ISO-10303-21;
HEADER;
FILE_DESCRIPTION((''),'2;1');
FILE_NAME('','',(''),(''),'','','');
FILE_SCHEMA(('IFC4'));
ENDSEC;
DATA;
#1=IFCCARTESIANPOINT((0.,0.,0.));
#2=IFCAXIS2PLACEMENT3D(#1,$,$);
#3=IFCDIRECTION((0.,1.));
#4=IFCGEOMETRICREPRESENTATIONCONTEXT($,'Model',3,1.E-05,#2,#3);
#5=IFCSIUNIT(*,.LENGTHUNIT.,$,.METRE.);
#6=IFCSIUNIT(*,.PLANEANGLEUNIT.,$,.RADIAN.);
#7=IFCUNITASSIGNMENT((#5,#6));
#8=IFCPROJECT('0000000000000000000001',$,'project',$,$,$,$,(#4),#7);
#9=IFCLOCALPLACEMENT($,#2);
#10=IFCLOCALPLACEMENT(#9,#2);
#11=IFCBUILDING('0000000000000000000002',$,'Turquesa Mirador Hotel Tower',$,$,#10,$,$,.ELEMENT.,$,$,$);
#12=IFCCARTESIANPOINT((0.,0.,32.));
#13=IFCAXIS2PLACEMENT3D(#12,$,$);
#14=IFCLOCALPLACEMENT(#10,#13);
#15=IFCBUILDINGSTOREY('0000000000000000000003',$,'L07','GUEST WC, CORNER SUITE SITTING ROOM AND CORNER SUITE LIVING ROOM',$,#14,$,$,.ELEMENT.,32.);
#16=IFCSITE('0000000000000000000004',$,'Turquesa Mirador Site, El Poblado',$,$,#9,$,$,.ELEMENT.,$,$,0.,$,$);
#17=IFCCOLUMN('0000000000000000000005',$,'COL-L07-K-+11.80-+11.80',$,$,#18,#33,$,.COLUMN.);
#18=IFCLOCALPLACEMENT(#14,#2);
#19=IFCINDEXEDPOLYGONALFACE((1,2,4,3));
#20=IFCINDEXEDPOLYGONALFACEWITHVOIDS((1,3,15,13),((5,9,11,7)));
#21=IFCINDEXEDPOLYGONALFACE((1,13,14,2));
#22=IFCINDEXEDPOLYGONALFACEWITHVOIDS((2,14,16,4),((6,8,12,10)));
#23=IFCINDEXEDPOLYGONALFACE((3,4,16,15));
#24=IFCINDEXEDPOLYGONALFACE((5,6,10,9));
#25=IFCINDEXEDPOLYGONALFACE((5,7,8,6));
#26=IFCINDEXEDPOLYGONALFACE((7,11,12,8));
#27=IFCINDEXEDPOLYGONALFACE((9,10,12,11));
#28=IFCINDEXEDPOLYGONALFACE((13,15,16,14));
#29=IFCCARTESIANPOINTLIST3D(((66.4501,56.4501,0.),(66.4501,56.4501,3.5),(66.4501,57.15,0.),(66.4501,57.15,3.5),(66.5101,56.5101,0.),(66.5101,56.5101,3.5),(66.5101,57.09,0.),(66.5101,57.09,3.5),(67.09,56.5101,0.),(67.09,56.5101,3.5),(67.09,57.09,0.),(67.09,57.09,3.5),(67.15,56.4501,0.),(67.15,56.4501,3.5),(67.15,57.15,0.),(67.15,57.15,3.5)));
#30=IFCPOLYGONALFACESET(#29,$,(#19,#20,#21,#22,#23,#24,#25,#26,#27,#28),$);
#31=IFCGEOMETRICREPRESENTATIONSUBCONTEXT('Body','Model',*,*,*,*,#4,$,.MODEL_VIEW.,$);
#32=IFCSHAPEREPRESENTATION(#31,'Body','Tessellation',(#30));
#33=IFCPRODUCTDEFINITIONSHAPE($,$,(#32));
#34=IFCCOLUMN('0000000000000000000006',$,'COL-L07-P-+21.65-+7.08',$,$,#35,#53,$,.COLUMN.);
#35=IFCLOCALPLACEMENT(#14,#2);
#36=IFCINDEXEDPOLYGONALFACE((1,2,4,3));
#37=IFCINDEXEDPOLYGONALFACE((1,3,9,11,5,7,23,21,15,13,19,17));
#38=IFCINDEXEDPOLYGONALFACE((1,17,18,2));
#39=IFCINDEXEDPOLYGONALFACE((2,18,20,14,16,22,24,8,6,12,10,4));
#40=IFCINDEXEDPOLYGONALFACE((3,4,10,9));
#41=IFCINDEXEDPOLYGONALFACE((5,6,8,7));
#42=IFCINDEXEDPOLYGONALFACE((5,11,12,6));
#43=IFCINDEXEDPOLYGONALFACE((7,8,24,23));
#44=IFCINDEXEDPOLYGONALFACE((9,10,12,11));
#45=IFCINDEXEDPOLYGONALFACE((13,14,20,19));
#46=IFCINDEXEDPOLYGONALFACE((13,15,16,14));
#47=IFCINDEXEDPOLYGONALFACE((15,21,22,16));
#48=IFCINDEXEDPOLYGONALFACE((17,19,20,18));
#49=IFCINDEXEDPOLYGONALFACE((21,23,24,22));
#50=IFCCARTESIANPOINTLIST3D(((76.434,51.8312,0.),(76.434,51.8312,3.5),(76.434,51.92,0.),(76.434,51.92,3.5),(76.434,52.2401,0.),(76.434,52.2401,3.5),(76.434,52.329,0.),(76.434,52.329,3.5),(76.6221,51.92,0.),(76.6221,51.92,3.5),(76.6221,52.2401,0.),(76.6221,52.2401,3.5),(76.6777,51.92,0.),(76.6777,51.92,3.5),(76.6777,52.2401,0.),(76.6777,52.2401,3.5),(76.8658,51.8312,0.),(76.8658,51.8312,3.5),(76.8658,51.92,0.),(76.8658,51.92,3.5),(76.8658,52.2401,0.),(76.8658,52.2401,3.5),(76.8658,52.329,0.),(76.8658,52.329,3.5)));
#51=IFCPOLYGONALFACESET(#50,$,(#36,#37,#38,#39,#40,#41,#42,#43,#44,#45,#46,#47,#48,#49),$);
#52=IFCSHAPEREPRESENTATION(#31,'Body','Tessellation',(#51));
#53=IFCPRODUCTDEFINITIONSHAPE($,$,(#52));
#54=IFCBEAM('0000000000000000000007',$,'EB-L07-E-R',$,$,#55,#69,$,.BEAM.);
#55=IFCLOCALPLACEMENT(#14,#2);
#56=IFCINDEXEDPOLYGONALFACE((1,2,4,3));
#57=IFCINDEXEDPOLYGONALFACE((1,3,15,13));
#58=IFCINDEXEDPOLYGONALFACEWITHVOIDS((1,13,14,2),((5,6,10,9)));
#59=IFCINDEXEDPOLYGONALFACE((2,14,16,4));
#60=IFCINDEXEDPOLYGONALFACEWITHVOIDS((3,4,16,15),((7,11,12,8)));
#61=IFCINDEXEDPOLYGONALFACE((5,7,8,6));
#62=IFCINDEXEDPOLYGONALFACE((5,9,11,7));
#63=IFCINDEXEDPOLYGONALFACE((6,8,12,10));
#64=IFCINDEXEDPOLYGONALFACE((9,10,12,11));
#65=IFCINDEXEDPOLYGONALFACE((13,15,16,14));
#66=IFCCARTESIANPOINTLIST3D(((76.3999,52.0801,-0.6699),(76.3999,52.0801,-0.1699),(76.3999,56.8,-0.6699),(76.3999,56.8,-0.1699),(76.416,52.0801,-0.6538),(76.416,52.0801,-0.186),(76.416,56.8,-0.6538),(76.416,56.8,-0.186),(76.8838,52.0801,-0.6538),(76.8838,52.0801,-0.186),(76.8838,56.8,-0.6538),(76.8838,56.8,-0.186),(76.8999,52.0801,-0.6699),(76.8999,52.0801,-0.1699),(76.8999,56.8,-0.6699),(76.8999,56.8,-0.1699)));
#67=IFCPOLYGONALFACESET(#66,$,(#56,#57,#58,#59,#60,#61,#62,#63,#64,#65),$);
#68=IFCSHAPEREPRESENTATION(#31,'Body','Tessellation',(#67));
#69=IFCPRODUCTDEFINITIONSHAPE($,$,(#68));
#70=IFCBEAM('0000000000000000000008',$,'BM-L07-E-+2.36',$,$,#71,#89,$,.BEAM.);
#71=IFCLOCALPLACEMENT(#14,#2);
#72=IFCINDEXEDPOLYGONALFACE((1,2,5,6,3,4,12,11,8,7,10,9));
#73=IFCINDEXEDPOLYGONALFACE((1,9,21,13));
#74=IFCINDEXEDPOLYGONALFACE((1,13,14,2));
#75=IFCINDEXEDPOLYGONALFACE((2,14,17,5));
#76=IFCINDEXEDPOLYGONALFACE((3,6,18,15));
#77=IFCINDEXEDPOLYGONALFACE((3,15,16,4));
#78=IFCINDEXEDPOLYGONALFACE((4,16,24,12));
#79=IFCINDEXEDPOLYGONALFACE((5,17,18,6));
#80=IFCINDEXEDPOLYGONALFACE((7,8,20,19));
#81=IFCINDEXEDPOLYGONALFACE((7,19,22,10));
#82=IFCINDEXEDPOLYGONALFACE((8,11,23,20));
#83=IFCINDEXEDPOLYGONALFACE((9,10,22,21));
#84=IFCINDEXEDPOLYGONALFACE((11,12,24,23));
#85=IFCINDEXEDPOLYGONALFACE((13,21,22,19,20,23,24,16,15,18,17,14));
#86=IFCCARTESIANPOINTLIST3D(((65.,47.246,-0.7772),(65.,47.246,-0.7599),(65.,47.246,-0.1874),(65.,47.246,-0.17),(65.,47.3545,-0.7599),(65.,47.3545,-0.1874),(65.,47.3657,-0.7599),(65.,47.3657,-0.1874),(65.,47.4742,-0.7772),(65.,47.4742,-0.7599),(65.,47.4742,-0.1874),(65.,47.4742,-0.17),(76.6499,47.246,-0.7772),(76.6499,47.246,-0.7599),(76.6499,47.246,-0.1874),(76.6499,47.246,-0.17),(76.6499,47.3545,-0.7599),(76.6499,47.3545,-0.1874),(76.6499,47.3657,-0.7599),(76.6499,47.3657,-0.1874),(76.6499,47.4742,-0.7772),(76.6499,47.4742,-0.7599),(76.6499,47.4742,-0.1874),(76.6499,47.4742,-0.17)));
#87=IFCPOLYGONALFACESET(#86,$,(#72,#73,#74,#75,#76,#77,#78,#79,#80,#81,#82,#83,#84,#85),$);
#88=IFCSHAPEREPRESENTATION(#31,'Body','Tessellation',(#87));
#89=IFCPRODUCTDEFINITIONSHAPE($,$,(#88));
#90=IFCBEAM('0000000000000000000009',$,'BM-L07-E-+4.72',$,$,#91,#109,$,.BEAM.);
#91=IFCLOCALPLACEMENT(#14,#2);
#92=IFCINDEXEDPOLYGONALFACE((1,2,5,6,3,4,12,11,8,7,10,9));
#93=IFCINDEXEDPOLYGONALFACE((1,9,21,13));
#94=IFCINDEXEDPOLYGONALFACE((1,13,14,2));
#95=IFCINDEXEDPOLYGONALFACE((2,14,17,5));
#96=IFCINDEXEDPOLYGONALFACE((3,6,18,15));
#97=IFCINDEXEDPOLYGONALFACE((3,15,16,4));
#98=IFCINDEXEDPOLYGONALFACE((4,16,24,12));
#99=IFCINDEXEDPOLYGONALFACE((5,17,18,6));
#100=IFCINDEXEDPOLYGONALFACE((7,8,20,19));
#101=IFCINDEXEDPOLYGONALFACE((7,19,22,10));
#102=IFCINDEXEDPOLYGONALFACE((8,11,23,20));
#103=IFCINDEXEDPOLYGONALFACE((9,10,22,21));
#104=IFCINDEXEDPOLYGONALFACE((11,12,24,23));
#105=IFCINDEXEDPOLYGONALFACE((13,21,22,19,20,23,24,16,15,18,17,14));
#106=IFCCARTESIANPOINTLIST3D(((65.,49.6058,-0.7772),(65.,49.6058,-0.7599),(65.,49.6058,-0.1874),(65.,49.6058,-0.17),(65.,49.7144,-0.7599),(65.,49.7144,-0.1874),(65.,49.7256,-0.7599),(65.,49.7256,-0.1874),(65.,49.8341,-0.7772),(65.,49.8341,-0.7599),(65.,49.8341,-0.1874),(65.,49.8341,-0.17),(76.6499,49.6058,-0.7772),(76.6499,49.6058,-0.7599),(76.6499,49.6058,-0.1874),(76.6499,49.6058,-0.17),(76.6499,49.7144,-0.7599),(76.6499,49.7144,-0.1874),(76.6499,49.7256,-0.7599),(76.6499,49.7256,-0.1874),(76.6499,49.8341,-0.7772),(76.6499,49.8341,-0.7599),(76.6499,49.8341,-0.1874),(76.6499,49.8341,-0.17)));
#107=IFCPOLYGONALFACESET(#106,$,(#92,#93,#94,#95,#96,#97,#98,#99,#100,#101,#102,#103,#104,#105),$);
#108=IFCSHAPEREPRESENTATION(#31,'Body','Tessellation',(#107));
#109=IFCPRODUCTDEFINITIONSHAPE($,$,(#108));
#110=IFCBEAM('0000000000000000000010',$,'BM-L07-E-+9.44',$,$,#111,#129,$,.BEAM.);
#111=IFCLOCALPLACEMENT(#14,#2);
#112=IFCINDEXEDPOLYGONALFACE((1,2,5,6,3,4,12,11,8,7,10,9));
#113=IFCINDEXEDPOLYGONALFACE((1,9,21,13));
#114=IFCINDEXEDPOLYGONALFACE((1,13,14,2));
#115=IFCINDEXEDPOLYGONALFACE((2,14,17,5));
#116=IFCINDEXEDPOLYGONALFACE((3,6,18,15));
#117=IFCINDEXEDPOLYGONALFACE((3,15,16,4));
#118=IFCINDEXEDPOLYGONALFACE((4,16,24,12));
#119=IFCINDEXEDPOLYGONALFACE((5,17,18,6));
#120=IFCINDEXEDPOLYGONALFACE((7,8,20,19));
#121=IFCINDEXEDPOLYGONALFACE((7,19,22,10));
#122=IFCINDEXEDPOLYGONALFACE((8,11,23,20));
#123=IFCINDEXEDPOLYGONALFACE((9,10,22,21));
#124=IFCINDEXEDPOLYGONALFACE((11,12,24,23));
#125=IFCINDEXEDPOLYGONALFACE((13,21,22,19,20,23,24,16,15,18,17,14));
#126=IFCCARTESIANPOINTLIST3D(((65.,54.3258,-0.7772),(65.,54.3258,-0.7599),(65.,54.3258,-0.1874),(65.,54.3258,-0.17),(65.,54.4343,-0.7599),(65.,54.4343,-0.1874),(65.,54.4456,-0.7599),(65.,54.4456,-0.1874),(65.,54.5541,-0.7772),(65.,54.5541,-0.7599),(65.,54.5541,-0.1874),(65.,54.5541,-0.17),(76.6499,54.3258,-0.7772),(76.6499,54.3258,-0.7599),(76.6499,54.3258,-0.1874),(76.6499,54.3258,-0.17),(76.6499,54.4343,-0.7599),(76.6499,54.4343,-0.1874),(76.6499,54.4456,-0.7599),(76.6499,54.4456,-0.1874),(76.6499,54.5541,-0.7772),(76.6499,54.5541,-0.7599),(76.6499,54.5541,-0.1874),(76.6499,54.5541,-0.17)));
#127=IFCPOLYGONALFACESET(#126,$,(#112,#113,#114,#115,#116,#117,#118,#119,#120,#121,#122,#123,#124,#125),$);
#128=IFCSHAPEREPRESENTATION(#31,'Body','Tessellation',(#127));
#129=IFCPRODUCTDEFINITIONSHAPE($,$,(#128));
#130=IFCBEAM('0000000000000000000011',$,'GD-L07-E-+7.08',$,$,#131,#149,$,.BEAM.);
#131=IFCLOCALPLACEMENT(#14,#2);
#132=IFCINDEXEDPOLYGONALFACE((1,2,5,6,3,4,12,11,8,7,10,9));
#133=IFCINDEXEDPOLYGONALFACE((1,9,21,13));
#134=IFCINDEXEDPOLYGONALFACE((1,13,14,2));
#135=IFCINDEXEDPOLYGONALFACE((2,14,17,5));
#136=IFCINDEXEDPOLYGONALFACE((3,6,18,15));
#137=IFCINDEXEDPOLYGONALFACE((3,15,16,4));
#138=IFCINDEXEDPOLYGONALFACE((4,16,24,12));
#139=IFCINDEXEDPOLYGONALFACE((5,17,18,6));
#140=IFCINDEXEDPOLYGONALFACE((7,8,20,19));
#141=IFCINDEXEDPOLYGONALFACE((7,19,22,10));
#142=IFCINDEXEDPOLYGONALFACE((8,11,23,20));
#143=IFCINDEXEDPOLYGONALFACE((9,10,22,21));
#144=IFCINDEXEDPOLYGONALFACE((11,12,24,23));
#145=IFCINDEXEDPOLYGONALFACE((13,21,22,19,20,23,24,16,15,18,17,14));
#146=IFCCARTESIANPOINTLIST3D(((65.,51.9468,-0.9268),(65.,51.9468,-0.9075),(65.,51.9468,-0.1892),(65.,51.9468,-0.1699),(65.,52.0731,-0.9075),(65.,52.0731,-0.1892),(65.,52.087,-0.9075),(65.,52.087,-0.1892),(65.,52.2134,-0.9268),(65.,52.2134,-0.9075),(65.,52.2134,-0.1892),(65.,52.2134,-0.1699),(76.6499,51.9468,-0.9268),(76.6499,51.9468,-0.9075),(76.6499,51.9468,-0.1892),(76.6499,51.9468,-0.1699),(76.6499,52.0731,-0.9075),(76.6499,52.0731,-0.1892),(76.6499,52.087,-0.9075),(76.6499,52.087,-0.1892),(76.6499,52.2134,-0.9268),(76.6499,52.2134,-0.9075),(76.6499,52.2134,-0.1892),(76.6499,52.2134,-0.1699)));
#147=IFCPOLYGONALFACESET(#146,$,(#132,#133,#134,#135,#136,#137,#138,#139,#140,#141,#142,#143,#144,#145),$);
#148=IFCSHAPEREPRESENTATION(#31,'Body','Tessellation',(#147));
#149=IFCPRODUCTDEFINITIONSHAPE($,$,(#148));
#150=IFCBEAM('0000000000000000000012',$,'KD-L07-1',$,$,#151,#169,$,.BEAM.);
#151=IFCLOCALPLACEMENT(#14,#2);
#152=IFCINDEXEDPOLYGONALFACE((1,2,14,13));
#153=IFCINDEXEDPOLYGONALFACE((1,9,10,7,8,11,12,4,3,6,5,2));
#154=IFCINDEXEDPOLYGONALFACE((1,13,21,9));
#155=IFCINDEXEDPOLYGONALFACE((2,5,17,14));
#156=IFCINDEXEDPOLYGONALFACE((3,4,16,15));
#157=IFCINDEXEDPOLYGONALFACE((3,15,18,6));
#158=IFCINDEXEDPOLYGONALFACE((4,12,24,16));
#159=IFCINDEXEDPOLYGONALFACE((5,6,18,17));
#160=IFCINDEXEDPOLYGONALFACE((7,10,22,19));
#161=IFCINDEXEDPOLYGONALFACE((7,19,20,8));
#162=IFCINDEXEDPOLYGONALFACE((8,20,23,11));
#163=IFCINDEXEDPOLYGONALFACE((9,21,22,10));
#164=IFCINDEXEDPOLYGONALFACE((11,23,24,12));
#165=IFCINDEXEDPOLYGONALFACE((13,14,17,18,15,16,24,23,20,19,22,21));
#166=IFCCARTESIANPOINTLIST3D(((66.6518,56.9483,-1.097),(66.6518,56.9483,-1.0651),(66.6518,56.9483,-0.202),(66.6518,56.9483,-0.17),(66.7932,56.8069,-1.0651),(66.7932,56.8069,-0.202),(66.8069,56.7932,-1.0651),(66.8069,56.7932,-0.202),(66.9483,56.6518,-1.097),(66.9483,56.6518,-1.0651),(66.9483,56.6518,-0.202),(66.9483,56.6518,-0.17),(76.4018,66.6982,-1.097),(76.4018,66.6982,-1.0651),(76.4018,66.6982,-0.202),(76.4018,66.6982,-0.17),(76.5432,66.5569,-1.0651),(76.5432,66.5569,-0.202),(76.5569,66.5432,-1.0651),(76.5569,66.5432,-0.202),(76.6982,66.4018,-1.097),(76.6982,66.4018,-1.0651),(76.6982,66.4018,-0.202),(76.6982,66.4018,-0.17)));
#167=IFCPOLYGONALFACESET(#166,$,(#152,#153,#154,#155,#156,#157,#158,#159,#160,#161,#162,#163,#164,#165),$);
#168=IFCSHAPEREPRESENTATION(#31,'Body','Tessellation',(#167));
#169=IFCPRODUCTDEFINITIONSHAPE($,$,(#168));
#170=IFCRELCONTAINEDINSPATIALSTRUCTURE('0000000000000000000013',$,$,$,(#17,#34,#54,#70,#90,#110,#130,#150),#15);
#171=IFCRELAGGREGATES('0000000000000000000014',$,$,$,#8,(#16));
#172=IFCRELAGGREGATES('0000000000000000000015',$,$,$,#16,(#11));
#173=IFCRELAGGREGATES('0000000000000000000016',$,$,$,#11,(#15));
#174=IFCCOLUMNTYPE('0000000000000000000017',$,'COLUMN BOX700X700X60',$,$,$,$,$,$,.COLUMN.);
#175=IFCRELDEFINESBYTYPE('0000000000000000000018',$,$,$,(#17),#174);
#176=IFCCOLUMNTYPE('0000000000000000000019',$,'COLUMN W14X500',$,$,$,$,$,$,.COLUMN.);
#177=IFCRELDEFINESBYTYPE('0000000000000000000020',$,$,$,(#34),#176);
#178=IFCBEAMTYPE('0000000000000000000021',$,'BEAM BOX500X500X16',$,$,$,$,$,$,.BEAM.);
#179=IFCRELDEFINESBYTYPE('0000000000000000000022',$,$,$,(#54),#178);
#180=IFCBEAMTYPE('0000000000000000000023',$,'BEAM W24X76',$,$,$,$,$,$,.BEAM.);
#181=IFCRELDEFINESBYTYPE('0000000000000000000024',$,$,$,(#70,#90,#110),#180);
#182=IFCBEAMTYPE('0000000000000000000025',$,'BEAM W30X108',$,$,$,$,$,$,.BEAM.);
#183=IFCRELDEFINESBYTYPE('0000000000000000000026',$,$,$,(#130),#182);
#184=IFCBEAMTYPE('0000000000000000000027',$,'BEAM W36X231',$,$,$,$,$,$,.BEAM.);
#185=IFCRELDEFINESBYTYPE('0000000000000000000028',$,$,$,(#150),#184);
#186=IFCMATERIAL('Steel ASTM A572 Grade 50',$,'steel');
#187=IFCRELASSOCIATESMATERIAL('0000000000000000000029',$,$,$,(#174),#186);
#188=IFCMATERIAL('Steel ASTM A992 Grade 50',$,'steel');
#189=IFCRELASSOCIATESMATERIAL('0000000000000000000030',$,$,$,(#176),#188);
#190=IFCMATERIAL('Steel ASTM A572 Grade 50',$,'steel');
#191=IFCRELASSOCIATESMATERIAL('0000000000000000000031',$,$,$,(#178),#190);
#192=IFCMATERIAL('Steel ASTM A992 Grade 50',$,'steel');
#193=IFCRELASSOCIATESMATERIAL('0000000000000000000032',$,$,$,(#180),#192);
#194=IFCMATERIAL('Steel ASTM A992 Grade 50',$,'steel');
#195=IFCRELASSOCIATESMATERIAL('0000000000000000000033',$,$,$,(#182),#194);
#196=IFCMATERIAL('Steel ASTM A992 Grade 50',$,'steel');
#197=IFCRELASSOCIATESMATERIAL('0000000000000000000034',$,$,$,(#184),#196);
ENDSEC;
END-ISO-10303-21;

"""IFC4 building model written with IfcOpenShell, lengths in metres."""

from ifc_helpers import new_model, si_unit, direction, frame, origin, origin_2d, place, context, subcontext, project, spatial, hollow_rectangle, i_section, extrude, material, material_profile, profile_set, type_object, element, save


model = new_model("IFC4")

# Units and contexts
model_context = context("Model", 3, precision=1e-05, world=origin(), true_north=direction((0.0, 1.0)))
body_context = subcontext(model_context, "Body", "Model", "MODEL_VIEW")
ifc_project = project(units=[si_unit("LENGTHUNIT", "METRE"), si_unit("PLANEANGLEUNIT", "RADIAN")], contexts=[model_context])

# Site, building, storey
site_placement = place(None, origin())
site = spatial("IfcSite", under=ifc_project, at=site_placement, Name="Turquesa Mirador Site, El Poblado", CompositionType="ELEMENT", RefElevation=0.0)
building_placement = place(site_placement, origin())
building = spatial("IfcBuilding", under=site, at=building_placement, Name="Turquesa Mirador Hotel Tower", CompositionType="ELEMENT")
storey_placement = place(building_placement, frame((0.0, 0.0, 32.0)))
storey = spatial("IfcBuildingStorey", under=building, at=storey_placement, Name="L07", Description="GUEST WC, CORNER SUITE SITTING ROOM AND CORNER SUITE LIVING ROOM", CompositionType="ELEMENT", Elevation=32.0)

# Columns
ifc_material_1 = material(Name="Steel ASTM A572 Grade 50", Category="steel")
ifc_material_profile_1 = material_profile(ifc_material_1, hollow_rectangle(XDim=0.7, YDim=0.7, WallThickness=0.0601, at=origin_2d()), Name="BOX700X700X60")
ifc_profile_set_1 = profile_set([ifc_material_profile_1], Name="Steel ASTM A572 Grade 50")
column_type_1 = type_object("IfcColumnType", Name="COLUMN BOX700X700X60", PredefinedType="COLUMN", material=ifc_profile_set_1)
column_1_placement = place(storey_placement, frame((66.8, 56.8, 0.0), z_axis=(0.0, 0.0, 1.0), x_axis=(1.0, 0.0, 0.0)))
element("IfcColumn", 1, at=column_1_placement, inside=storey, type_object=column_type_1, Name="COL-L07-K-+11.80-+11.80", PredefinedType="COLUMN", context=body_context, shape_type="SweptSolid", body=[
    extrude(hollow_rectangle(XDim=0.7, YDim=0.7, WallThickness=0.0601, at=origin_2d()), origin(), (0.0, 0.0, 1.0), 3.5),
])
ifc_material_2 = material(Name="Steel ASTM A992 Grade 50", Category="steel")
ifc_material_profile_2 = material_profile(ifc_material_2, i_section(OverallWidth=0.4319, OverallDepth=0.4978, WebThickness=0.0557, FlangeThickness=0.0889, at=origin_2d()), Name="W14X500")
ifc_profile_set_2 = profile_set([ifc_material_profile_2], Name="Steel ASTM A992 Grade 50")
column_type_2 = type_object("IfcColumnType", Name="COLUMN W14X500", PredefinedType="COLUMN", material=ifc_profile_set_2)
column_2_placement = place(storey_placement, frame((76.6499, 52.0801, 0.0), z_axis=(0.0, 0.0, 1.0), x_axis=(1.0, 0.0, 0.0)))
element("IfcColumn", 2, at=column_2_placement, inside=storey, type_object=column_type_2, Name="COL-L07-P-+21.65-+7.08", PredefinedType="COLUMN", context=body_context, shape_type="SweptSolid", body=[
    extrude(i_section(OverallWidth=0.4319, OverallDepth=0.4978, WebThickness=0.0557, FlangeThickness=0.0889, at=origin_2d()), origin(), (0.0, 0.0, 1.0), 3.5),
])

# Beams
ifc_material_3 = material(Name="Steel ASTM A572 Grade 50", Category="steel")
ifc_material_profile_3 = material_profile(ifc_material_3, hollow_rectangle(XDim=0.5, YDim=0.5, WallThickness=0.0161, at=origin_2d()), Name="BOX500X500X16")
ifc_profile_set_3 = profile_set([ifc_material_profile_3], Name="Steel ASTM A572 Grade 50")
beam_type_1 = type_object("IfcBeamType", Name="BEAM BOX500X500X16", PredefinedType="BEAM", material=ifc_profile_set_3)
beam_1_placement = place(storey_placement, frame((76.6499, 52.0801, -0.4199), z_axis=(0.0, 1.0, 0.0), x_axis=(-1.0, 0.0, 0.0)))
element("IfcBeam", 3, at=beam_1_placement, inside=storey, type_object=beam_type_1, Name="EB-L07-E-R", PredefinedType="BEAM", context=body_context, shape_type="SweptSolid", body=[
    extrude(hollow_rectangle(XDim=0.5, YDim=0.5, WallThickness=0.0161, at=origin_2d()), origin(), (0.0, 0.0, 1.0), 4.72),
])
ifc_material_4 = material(Name="Steel ASTM A992 Grade 50", Category="steel")
ifc_material_profile_4 = material_profile(ifc_material_4, i_section(OverallWidth=0.2283, OverallDepth=0.6072, WebThickness=0.0112, FlangeThickness=0.0173, at=origin_2d()), Name="W24X76")
ifc_profile_set_4 = profile_set([ifc_material_profile_4], Name="Steel ASTM A992 Grade 50")
beam_type_2 = type_object("IfcBeamType", Name="BEAM W24X76", PredefinedType="BEAM", material=ifc_profile_set_4)
for number, where, z_axis, x_axis, name in (
    (4, (76.6499, 47.3601, -0.4736), (-1.0, 0.0, 0.0), (0.0, -1.0, 0.0), "BM-L07-E-+2.36"),
    (5, (76.6499, 49.72, -0.4736), (-1.0, 0.0, 0.0), (0.0, -1.0, 0.0), "BM-L07-E-+4.72"),
    (6, (76.6499, 54.4399, -0.4736), (-1.0, 0.0, 0.0), (0.0, -1.0, 0.0), "BM-L07-E-+9.44"),
):
    element("IfcBeam", number, at=place(storey_placement, frame(where, z_axis=z_axis, x_axis=x_axis)), inside=storey, type_object=beam_type_2, Name=name, PredefinedType="BEAM", context=body_context, shape_type="SweptSolid", body=[
        extrude(i_section(OverallWidth=0.2283, OverallDepth=0.6072, WebThickness=0.0112, FlangeThickness=0.0173, at=origin_2d()), origin(), (0.0, 0.0, 1.0), 11.6499),
    ])
ifc_material_5 = material(Name="Steel ASTM A992 Grade 50", Category="steel")
ifc_material_profile_5 = material_profile(ifc_material_5, i_section(OverallWidth=0.2666, OverallDepth=0.7568, WebThickness=0.0139, FlangeThickness=0.0193, at=origin_2d()), Name="W30X108")
ifc_profile_set_5 = profile_set([ifc_material_profile_5], Name="Steel ASTM A992 Grade 50")
beam_type_3 = type_object("IfcBeamType", Name="BEAM W30X108", PredefinedType="BEAM", material=ifc_profile_set_5)
beam_2_placement = place(storey_placement, frame((76.6499, 52.0801, -0.5483), z_axis=(-1.0, 0.0, 0.0), x_axis=(0.0, -1.0, 0.0)))
element("IfcBeam", 7, at=beam_2_placement, inside=storey, type_object=beam_type_3, Name="GD-L07-E-+7.08", PredefinedType="BEAM", context=body_context, shape_type="SweptSolid", body=[
    extrude(i_section(OverallWidth=0.2666, OverallDepth=0.7568, WebThickness=0.0139, FlangeThickness=0.0193, at=origin_2d()), origin(), (0.0, 0.0, 1.0), 11.6499),
])
ifc_material_6 = material(Name="Steel ASTM A992 Grade 50", Category="steel")
ifc_material_profile_6 = material_profile(ifc_material_6, i_section(OverallWidth=0.4192, OverallDepth=0.927, WebThickness=0.0193, FlangeThickness=0.032, at=origin_2d()), Name="W36X231")
ifc_profile_set_6 = profile_set([ifc_material_profile_6], Name="Steel ASTM A992 Grade 50")
beam_type_4 = type_object("IfcBeamType", Name="BEAM W36X231", PredefinedType="BEAM", material=ifc_profile_set_6)
beam_3_placement = place(storey_placement, frame((66.8, 56.8, -0.6335), z_axis=(0.707107, 0.707107, 0.0), x_axis=(-0.707107, 0.707107, 0.0)))
element("IfcBeam", 8, at=beam_3_placement, inside=storey, type_object=beam_type_4, Name="KD-L07-1", PredefinedType="BEAM", context=body_context, shape_type="SweptSolid", body=[
    extrude(i_section(OverallWidth=0.4192, OverallDepth=0.927, WebThickness=0.0193, FlangeThickness=0.032, at=origin_2d()), origin(), (0.0, 0.0, 1.0), 13.7886),
])

save(model, "model.ifc")
